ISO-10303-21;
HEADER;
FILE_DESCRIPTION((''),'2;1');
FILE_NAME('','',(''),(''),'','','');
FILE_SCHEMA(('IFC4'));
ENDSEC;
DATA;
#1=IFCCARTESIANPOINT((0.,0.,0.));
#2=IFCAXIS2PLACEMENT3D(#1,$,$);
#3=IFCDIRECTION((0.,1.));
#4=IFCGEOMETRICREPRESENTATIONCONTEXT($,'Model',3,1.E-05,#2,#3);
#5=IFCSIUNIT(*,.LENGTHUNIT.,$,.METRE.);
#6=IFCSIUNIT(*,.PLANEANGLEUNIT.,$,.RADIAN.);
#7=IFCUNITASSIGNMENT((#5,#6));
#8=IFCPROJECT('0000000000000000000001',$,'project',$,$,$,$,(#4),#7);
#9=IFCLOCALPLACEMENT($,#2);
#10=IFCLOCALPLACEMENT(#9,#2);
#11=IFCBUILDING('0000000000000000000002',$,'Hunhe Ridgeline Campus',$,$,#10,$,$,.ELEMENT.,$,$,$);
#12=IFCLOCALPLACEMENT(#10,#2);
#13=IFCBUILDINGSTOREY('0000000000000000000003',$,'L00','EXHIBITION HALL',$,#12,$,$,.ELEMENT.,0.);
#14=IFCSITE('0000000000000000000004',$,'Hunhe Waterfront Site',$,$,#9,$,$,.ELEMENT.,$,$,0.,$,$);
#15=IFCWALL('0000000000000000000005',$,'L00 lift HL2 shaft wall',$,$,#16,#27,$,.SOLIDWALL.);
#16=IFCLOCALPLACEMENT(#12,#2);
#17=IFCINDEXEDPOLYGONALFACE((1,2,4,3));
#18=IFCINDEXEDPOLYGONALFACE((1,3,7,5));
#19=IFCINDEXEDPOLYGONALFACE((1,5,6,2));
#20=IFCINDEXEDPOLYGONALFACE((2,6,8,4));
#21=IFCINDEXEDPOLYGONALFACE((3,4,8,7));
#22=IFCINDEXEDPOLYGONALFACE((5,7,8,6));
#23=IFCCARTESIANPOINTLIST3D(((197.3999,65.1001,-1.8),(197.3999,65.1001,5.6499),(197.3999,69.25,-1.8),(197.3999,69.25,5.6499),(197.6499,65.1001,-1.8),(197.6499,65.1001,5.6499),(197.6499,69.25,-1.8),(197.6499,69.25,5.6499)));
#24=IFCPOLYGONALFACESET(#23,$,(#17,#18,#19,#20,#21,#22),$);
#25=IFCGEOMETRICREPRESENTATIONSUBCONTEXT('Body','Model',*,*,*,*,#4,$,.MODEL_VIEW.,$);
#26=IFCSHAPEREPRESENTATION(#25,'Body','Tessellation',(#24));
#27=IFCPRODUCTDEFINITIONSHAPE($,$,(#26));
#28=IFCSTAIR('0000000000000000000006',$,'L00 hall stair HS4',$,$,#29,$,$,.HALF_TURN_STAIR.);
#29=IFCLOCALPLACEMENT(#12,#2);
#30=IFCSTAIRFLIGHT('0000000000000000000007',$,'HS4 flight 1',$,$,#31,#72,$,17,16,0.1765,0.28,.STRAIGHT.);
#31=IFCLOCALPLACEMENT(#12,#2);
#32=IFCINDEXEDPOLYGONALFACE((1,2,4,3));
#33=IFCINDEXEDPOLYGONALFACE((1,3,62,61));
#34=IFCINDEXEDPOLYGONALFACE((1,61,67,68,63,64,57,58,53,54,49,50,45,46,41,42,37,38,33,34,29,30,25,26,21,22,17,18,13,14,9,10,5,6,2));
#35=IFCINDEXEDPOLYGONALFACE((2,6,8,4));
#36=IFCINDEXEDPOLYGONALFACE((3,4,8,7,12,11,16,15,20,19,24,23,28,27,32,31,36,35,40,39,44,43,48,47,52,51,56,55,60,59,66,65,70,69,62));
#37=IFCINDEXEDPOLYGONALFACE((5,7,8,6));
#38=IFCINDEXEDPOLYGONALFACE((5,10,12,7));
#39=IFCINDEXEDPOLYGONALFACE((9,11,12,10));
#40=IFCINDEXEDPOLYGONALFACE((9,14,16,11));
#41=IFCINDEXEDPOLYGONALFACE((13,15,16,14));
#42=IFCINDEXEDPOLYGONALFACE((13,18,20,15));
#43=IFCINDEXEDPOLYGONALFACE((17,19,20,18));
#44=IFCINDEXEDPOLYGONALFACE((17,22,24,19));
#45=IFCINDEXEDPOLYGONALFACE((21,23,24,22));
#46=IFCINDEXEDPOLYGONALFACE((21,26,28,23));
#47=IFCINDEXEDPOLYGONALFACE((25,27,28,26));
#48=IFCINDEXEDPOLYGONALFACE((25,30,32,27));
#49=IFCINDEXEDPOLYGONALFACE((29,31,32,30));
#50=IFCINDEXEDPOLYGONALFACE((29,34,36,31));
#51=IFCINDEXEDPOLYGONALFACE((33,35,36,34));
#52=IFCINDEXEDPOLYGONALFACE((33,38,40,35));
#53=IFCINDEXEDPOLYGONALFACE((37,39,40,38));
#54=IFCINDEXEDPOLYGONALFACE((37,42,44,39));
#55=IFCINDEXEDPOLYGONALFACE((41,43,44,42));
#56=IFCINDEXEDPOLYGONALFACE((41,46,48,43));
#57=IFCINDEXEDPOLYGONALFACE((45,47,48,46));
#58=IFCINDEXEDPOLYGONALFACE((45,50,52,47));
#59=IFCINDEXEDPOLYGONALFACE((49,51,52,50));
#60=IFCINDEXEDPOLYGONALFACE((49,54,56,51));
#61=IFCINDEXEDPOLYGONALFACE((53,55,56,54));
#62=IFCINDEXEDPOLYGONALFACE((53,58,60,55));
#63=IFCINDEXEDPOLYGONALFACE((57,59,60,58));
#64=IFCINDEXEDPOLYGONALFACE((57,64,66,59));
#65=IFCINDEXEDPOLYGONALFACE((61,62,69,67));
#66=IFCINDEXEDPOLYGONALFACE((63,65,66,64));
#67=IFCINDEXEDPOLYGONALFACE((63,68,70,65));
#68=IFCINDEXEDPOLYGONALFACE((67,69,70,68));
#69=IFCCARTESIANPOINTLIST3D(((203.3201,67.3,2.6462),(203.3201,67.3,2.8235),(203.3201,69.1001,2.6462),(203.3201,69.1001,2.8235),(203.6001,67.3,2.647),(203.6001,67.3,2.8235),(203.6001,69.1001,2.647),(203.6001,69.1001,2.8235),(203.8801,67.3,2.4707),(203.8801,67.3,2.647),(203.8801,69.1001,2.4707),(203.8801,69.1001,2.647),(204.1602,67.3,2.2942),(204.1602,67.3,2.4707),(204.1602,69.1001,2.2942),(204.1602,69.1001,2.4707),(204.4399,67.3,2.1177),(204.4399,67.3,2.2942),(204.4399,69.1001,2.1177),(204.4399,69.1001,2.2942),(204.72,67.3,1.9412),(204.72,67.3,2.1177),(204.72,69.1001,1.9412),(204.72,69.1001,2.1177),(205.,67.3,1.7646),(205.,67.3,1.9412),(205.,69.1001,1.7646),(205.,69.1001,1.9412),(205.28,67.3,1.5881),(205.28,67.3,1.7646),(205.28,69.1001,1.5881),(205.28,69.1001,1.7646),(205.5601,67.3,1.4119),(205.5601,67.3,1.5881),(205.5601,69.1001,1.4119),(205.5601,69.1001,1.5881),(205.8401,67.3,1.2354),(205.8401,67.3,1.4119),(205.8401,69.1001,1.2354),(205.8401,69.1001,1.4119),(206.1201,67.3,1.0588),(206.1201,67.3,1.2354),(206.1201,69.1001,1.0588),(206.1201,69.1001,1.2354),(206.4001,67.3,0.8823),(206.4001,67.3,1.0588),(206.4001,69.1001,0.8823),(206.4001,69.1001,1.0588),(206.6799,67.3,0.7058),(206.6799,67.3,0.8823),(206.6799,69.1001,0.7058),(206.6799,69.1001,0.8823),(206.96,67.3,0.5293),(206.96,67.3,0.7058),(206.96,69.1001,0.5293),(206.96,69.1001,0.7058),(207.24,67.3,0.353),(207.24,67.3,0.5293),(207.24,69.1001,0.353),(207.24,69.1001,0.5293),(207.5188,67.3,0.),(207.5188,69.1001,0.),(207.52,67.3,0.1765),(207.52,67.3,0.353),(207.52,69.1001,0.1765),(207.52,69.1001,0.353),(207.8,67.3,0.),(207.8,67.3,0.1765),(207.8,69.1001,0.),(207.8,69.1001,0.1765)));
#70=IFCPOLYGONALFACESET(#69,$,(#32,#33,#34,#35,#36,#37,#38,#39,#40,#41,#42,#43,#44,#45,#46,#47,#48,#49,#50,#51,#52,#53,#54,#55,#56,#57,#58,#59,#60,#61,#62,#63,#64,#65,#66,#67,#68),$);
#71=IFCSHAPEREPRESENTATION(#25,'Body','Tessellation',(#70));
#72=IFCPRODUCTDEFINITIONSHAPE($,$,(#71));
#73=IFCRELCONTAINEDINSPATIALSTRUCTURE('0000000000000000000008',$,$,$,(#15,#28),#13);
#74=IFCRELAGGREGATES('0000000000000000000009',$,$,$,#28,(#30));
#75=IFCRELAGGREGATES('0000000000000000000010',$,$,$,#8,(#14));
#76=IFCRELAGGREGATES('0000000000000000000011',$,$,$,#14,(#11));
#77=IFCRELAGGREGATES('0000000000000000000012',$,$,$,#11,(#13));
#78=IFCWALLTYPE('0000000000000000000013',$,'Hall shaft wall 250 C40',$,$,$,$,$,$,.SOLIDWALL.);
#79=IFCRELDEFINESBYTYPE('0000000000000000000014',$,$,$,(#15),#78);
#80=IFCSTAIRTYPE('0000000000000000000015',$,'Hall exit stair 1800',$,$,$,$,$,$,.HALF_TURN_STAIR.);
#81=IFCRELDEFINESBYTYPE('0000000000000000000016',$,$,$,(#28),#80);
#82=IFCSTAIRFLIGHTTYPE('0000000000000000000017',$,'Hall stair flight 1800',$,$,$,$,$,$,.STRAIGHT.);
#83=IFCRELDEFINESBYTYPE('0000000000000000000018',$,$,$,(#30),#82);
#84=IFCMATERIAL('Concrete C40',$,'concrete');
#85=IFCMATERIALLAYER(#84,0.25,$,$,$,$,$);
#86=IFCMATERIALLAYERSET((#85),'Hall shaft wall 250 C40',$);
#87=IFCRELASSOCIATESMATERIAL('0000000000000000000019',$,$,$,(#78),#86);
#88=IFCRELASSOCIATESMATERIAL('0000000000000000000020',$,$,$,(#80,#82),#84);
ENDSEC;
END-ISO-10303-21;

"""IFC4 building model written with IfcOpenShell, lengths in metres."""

from ifc_helpers import new_model, si_unit, direction, frame, frame_2d, origin, place, context, subcontext, project, spatial, polyline, rectangle, outline, extrude, material, layer, layer_set, type_object, element, aggregate, save


model = new_model("IFC4")

# Units and contexts
model_context = context("Model", 3, precision=1e-05, world=origin(), true_north=direction((0.0, 1.0)))
body_context = subcontext(model_context, "Body", "Model", "MODEL_VIEW")
ifc_project = project(units=[si_unit("LENGTHUNIT", "METRE"), si_unit("PLANEANGLEUNIT", "RADIAN")], contexts=[model_context])

# Site, building, storey
site_placement = place(None, origin())
site = spatial("IfcSite", under=ifc_project, at=site_placement, Name="Hunhe Waterfront Site", CompositionType="ELEMENT", RefElevation=0.0)
building_placement = place(site_placement, origin())
building = spatial("IfcBuilding", under=site, at=building_placement, Name="Hunhe Ridgeline Campus", CompositionType="ELEMENT")
storey_placement = place(building_placement, origin())
storey = spatial("IfcBuildingStorey", under=building, at=storey_placement, Name="L00", Description="EXHIBITION HALL", CompositionType="ELEMENT", Elevation=0.0)

# Shared definitions
ifc_material_1 = material(Name="Concrete C40", Category="concrete")

# Wall
ifc_layer_1 = layer(ifc_material_1, 0.25)
ifc_layer_set_1 = layer_set([ifc_layer_1], Name="Hall shaft wall 250 C40")
wall_type_1 = type_object("IfcWallType", Name="Hall shaft wall 250 C40", PredefinedType="SOLIDWALL", material=ifc_layer_set_1)
wall_1_placement = place(storey_placement, frame((197.5249, 69.25, -1.8), z_axis=(0.0, 0.0, 1.0), x_axis=(0.0, -1.0, 0.0)))
element("IfcWall", 1, at=wall_1_placement, inside=storey, type_object=wall_type_1, Name="L00 lift HL2 shaft wall", PredefinedType="SOLIDWALL", context=body_context, shape_type="SweptSolid", body=[
    extrude(rectangle(XDim=4.1499, YDim=0.25, at=frame_2d((2.075, 0.0))), origin(), (0.0, 0.0, 1.0), 7.45),
])

# Stair, stair flight
stair_type = type_object("IfcStairType", Name="Hall exit stair 1800", PredefinedType="HALF_TURN_STAIR", material=ifc_material_1)
stair_placement = place(storey_placement, origin())
stair = element("IfcStair", 2, at=stair_placement, inside=storey, type_object=stair_type, Name="L00 hall stair HS4", PredefinedType="HALF_TURN_STAIR")
stair_flight_type = type_object("IfcStairFlightType", Name="Hall stair flight 1800", PredefinedType="STRAIGHT", material=ifc_material_1)
stair_flight_placement = place(storey_placement, frame((207.8, 68.2, 0.0), z_axis=(0.0, 0.0, 1.0), x_axis=(-1.0, 0.0, 0.0)))
stair_flight = element("IfcStairFlight", 3, at=stair_flight_placement, type_object=stair_flight_type, Name="HS4 flight 1", NumberOfRisers=17, NumberOfTreads=16, PredefinedType="STRAIGHT", RiserHeight=0.1765, TreadLength=0.28, context=body_context, shape_type="SweptSolid", body=[
    extrude(outline(polyline([(0.0, 0.0), (0.0, 0.1765), (0.28, 0.1765), (0.28, 0.353), (0.5601, 0.353), (0.5601, 0.5293), (0.8401, 0.5293), (0.8401, 0.7058), (1.1201, 0.7058), (1.1201, 0.8823), (1.3999, 0.8823), (1.3999, 1.0588), (1.6799, 1.0588), (1.6799, 1.2354), (1.96, 1.2354), (1.96, 1.4119), (2.24, 1.4119), (2.24, 1.5881), (2.52, 1.5881), (2.52, 1.7646), (2.8, 1.7646), (2.8, 1.9412), (3.0801, 1.9412), (3.0801, 2.1177), (3.3601, 2.1177), (3.3601, 2.2942), (3.6399, 2.2942), (3.6399, 2.4707), (3.9199, 2.4707), (3.9199, 2.647), (4.2, 2.647), (4.2, 2.8235), (4.48, 2.8235), (4.48, 3.0), (4.48, 2.6462), (0.2812, 0.0), (0.0, 0.0)])), frame((0.0, 0.8999, 0.0), z_axis=(0.0, -1.0, 0.0), x_axis=(1.0, 0.0, 0.0)), (0.0, 0.0, 1.0), 1.8),
])
aggregate(stair, [stair_flight])

save(model, "model.ifc")
